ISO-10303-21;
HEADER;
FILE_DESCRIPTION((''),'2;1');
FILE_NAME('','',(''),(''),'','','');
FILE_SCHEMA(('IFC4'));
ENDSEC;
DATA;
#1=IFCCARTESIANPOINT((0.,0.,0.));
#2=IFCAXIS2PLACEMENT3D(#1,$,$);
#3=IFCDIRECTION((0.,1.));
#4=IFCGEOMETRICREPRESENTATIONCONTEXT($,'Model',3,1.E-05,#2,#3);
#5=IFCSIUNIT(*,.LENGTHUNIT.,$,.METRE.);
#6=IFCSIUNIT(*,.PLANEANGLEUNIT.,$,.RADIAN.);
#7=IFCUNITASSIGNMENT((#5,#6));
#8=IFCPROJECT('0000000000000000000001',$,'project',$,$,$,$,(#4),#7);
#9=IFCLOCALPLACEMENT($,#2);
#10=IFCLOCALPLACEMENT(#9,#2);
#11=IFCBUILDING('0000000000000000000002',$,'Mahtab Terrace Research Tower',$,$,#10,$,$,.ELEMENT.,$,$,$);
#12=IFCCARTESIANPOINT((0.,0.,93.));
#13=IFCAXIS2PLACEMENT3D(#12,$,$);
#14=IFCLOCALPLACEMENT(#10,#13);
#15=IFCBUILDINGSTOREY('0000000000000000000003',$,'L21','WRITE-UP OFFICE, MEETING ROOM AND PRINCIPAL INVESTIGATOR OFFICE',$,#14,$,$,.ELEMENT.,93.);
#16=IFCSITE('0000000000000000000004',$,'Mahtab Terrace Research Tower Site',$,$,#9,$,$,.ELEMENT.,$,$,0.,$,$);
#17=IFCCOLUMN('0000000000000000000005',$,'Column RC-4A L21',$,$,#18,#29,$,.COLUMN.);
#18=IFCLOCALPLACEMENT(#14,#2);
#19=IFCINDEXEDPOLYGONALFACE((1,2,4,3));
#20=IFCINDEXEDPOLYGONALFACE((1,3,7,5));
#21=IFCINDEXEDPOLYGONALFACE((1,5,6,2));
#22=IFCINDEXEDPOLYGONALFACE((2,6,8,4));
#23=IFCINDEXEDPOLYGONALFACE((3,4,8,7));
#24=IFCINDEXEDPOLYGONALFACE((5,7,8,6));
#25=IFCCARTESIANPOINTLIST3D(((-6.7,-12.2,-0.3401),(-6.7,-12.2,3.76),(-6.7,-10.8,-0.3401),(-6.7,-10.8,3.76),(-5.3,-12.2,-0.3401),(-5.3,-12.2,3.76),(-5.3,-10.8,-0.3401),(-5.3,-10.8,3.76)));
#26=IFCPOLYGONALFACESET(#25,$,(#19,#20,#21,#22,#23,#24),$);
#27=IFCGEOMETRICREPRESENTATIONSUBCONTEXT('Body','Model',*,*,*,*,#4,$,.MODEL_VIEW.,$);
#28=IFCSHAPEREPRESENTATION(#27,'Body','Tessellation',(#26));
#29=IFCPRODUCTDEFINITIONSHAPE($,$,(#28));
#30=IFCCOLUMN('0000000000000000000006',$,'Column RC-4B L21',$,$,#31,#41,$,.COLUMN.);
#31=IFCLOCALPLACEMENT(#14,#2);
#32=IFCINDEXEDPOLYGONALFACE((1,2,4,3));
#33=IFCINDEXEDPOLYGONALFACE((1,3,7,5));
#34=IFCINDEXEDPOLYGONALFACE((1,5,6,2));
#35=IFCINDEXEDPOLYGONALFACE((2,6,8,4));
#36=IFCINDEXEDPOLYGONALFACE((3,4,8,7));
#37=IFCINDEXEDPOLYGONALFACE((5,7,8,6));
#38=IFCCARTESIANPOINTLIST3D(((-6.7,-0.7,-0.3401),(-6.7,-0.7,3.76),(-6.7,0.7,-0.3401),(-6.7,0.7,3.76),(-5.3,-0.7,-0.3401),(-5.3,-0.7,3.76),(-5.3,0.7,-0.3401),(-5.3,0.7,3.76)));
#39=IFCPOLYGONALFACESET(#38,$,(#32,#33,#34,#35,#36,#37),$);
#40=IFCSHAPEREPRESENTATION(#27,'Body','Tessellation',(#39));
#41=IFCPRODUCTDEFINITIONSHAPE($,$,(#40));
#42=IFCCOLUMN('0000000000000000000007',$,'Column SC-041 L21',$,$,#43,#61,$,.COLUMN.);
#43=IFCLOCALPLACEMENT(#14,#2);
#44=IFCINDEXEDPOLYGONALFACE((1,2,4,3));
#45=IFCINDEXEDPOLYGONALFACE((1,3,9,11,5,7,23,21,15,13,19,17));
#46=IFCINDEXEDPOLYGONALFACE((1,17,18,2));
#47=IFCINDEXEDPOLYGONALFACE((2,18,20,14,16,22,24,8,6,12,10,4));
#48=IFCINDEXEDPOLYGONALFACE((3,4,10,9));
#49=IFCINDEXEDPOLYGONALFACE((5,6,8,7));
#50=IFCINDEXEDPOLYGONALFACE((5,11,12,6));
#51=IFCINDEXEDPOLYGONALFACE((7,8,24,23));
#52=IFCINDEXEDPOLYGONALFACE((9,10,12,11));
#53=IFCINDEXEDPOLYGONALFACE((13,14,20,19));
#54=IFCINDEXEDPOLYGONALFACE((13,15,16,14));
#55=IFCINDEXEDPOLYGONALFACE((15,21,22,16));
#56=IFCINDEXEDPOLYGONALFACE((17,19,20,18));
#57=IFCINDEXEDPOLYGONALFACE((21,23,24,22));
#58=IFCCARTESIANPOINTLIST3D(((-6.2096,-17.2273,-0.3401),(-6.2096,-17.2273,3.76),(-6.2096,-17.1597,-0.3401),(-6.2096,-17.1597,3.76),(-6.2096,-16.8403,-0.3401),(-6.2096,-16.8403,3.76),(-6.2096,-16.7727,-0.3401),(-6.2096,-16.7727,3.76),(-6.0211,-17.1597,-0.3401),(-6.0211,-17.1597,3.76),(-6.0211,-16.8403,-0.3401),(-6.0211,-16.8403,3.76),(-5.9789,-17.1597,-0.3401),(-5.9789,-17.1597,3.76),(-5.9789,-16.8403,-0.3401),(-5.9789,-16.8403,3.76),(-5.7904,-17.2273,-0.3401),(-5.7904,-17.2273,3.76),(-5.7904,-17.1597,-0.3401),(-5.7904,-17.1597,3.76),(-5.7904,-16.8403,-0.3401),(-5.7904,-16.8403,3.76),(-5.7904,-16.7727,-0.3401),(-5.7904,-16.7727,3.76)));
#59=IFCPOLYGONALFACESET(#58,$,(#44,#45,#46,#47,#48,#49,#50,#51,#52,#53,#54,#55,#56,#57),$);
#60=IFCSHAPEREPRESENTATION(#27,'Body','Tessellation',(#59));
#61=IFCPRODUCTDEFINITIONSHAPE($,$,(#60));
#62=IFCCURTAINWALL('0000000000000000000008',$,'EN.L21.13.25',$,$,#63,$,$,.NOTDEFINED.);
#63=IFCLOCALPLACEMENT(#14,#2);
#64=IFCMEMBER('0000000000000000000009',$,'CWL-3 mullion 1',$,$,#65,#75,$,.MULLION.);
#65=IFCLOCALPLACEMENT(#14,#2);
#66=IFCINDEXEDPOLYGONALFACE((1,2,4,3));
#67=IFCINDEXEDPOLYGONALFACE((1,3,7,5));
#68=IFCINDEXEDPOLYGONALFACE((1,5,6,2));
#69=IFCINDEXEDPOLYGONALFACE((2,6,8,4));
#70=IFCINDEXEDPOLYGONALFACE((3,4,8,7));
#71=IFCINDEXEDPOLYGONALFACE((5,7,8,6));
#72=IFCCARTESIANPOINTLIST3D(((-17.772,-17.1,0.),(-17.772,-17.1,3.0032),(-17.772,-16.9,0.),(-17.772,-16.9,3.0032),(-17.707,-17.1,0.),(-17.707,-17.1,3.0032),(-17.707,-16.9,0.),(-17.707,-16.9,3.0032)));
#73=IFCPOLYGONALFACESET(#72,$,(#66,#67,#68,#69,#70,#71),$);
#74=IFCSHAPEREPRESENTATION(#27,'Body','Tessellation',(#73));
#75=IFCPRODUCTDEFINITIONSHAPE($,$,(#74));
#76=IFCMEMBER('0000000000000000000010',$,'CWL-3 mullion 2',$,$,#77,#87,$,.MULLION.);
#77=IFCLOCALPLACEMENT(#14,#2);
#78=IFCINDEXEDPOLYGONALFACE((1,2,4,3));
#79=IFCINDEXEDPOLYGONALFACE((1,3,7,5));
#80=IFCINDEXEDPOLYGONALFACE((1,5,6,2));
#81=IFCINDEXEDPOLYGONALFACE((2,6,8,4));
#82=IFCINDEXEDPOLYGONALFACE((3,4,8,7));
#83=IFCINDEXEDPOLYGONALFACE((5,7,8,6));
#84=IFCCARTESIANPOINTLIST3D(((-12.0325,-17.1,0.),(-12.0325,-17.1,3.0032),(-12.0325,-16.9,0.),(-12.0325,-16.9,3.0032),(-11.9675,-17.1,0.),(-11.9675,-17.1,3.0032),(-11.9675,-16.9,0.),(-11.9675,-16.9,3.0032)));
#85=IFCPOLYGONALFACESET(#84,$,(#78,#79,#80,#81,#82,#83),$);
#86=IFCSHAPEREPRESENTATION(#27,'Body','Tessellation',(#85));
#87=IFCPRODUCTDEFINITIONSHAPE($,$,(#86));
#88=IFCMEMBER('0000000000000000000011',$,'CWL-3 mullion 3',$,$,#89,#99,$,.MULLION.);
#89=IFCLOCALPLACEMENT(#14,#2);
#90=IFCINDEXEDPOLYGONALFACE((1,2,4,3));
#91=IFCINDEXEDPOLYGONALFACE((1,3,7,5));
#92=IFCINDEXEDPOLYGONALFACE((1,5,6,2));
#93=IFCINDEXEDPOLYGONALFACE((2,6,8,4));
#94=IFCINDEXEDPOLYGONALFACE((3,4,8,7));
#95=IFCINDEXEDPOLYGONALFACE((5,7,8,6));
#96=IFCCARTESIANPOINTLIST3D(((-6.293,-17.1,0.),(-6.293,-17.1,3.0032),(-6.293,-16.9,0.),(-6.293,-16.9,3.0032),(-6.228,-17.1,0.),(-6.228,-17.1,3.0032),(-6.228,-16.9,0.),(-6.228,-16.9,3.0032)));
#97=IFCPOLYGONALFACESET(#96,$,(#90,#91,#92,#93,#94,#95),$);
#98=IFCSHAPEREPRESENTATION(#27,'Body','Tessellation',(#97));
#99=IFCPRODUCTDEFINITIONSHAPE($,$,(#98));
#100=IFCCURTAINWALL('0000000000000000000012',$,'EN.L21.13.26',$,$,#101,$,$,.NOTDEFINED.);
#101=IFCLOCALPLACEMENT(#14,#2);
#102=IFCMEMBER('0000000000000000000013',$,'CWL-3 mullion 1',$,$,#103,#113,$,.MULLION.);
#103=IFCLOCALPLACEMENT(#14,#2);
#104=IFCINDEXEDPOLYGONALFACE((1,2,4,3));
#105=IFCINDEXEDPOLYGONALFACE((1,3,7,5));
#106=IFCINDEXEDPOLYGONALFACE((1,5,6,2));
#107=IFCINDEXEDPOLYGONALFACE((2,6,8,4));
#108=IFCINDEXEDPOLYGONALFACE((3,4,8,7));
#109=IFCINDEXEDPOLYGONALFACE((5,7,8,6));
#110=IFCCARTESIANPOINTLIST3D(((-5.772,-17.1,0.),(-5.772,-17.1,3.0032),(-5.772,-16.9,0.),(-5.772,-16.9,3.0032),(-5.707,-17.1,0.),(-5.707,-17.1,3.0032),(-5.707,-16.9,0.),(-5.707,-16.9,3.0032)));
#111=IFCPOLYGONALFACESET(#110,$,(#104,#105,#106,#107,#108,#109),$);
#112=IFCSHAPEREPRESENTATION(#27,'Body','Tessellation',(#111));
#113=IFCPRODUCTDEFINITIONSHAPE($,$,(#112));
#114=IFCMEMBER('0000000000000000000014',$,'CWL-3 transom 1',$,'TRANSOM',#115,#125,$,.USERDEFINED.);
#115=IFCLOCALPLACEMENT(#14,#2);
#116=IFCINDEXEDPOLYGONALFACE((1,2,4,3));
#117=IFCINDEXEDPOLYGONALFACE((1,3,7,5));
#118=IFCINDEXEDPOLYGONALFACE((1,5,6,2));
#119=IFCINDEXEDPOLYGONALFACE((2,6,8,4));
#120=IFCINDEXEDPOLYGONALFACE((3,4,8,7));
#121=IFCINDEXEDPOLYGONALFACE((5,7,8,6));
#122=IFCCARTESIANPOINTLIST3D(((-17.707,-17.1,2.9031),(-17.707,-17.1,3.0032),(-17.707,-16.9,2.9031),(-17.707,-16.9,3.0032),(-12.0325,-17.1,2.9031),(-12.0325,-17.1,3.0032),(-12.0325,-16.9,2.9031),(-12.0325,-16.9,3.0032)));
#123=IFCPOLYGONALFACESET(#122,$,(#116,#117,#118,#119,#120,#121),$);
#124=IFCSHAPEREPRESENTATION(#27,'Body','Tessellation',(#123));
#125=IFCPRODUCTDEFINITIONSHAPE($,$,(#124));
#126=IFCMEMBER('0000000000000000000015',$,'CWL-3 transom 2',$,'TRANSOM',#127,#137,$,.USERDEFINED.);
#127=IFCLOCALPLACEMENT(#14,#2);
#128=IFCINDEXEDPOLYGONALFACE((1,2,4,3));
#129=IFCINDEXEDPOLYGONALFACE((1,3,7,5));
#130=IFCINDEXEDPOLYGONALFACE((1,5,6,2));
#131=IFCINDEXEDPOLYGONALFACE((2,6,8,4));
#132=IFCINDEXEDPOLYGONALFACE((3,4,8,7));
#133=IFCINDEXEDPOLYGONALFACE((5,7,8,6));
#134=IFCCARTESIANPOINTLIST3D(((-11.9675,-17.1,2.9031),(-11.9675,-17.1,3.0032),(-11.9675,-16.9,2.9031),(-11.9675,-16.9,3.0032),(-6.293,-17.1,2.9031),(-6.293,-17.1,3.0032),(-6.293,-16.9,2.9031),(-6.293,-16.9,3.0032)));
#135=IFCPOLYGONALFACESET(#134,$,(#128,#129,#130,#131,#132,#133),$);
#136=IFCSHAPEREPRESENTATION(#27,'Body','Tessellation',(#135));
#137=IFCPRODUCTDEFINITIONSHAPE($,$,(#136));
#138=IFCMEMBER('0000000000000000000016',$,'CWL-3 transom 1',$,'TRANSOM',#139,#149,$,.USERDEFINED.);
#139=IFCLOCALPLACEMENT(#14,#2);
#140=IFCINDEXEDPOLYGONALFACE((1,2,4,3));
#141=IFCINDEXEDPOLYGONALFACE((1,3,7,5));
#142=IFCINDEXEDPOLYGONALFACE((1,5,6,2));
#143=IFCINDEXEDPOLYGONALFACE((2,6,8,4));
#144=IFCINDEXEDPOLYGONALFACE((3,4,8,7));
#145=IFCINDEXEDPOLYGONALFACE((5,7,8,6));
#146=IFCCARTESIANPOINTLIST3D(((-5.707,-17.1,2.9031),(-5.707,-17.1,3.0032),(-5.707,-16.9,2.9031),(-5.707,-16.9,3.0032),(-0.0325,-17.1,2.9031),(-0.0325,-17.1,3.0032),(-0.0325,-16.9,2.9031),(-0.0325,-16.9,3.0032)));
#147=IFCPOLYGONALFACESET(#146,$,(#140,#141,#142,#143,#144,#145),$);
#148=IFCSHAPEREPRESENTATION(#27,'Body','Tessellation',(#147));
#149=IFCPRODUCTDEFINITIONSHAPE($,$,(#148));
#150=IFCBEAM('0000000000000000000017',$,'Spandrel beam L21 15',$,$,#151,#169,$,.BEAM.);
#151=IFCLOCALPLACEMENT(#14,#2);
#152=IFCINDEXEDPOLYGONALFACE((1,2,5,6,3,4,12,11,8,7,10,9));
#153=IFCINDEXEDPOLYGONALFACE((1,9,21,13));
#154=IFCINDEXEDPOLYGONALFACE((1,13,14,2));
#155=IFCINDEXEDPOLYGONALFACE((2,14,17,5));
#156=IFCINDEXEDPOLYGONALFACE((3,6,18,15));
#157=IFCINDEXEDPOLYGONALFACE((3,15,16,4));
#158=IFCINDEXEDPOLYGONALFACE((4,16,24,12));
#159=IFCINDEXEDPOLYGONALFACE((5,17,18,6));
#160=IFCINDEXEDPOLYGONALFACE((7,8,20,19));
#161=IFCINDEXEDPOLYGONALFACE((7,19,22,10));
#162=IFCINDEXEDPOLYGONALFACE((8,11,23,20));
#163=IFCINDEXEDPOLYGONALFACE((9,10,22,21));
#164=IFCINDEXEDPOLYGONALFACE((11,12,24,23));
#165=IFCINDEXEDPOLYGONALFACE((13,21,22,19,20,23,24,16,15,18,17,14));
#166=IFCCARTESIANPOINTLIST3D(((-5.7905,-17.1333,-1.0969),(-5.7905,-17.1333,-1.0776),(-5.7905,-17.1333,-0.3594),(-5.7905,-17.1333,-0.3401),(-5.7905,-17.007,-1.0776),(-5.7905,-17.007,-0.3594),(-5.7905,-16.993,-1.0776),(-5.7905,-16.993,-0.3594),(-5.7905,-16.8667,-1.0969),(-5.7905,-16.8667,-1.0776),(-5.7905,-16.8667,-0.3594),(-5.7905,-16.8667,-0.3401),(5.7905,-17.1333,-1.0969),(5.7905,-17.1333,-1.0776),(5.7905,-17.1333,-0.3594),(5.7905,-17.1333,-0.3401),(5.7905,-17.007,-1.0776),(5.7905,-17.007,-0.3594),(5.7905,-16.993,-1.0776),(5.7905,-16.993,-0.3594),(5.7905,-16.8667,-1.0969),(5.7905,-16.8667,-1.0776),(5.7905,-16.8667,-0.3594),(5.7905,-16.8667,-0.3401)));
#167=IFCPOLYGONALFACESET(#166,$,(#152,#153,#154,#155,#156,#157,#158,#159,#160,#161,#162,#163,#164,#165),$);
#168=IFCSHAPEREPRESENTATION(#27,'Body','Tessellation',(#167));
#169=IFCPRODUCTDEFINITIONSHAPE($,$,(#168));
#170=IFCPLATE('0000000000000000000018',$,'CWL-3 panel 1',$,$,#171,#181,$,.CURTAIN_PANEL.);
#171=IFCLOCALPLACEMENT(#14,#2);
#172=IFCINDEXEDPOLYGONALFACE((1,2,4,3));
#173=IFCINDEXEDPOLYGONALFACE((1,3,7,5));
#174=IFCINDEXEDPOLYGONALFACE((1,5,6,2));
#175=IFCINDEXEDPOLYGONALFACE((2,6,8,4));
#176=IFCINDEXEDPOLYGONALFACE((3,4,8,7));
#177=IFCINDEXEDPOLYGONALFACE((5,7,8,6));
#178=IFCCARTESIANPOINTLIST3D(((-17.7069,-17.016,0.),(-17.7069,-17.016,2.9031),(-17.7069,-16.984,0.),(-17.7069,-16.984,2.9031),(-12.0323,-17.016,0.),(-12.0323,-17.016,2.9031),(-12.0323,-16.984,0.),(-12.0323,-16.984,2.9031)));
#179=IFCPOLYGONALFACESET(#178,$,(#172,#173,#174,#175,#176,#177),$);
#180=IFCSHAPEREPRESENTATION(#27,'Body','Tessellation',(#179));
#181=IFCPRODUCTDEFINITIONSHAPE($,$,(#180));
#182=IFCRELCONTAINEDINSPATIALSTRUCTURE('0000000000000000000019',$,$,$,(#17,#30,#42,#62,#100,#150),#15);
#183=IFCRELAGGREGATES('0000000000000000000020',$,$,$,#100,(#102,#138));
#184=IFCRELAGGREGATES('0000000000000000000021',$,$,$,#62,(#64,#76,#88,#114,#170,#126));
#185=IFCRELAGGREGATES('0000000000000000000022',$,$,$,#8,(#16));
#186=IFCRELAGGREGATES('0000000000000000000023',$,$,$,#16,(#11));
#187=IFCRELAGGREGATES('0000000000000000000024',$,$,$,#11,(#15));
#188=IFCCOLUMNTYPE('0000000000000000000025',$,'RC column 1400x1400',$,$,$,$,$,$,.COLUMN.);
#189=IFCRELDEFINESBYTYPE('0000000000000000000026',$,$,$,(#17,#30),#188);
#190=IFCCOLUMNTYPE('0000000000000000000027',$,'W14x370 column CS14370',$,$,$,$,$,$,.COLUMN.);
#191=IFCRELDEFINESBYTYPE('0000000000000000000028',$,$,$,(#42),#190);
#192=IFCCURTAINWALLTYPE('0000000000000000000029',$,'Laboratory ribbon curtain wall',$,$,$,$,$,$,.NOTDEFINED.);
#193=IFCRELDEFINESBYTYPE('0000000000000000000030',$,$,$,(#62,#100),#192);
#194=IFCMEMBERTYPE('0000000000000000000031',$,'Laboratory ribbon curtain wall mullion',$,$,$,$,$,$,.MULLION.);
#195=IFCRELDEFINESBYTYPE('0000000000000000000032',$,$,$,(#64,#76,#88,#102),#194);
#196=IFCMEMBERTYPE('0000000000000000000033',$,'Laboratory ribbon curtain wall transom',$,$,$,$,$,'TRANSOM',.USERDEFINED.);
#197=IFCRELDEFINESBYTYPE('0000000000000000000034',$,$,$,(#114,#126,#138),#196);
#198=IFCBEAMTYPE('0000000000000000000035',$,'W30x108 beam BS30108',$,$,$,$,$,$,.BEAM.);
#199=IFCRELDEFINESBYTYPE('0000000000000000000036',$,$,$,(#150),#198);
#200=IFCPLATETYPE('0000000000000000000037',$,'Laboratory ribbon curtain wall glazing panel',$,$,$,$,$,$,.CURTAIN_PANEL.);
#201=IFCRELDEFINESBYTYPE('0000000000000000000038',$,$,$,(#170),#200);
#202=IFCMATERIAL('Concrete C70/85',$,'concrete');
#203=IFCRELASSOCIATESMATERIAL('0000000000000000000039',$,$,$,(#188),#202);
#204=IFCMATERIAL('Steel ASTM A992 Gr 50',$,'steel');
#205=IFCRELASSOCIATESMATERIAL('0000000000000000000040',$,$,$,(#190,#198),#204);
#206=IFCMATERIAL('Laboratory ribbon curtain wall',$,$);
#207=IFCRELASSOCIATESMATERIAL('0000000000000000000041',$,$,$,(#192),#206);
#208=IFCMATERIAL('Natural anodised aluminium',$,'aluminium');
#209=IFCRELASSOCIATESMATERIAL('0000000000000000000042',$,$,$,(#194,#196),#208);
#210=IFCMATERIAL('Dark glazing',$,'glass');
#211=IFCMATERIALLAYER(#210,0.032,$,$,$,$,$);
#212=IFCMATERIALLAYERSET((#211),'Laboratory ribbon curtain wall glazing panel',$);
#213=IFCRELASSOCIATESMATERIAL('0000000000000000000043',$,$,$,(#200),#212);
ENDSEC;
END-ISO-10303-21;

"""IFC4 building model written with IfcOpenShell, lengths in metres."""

from ifc_helpers import new_model, si_unit, direction, frame, origin, origin_2d, place, context, subcontext, project, spatial, rectangle, i_section, extrude, material, layer, layer_set, material_profile, profile_set, type_object, element, aggregate, save


model = new_model("IFC4")

# Units and contexts
model_context = context("Model", 3, precision=1e-05, world=origin(), true_north=direction((0.0, 1.0)))
body_context = subcontext(model_context, "Body", "Model", "MODEL_VIEW")
ifc_project = project(units=[si_unit("LENGTHUNIT", "METRE"), si_unit("PLANEANGLEUNIT", "RADIAN")], contexts=[model_context])

# Site, building, storey
site_placement = place(None, origin())
site = spatial("IfcSite", under=ifc_project, at=site_placement, Name="Mahtab Terrace Research Tower Site", CompositionType="ELEMENT", RefElevation=0.0)
building_placement = place(site_placement, origin())
building = spatial("IfcBuilding", under=site, at=building_placement, Name="Mahtab Terrace Research Tower", CompositionType="ELEMENT")
storey_placement = place(building_placement, frame((0.0, 0.0, 93.0)))
storey = spatial("IfcBuildingStorey", under=building, at=storey_placement, Name="L21", Description="WRITE-UP OFFICE, MEETING ROOM AND PRINCIPAL INVESTIGATOR OFFICE", CompositionType="ELEMENT", Elevation=93.0)

# Columns
ifc_material_1 = material(Name="Concrete C70/85", Category="concrete")
ifc_material_profile_1 = material_profile(ifc_material_1, rectangle(XDim=1.3999, YDim=1.3999, at=origin_2d()), Name="RC column 1400x1400")
ifc_profile_set_1 = profile_set([ifc_material_profile_1], Name="Concrete C70/85")
column_type_1 = type_object("IfcColumnType", Name="RC column 1400x1400", PredefinedType="COLUMN", material=ifc_profile_set_1)
for number, where, z_axis, x_axis, name in (
    (1, (-6.0, -11.5, -0.3401), (0.0, 0.0, 1.0), (1.0, 0.0, 0.0), "Column RC-4A L21"),
    (2, (-6.0, 0.0, -0.3401), (0.0, 0.0, 1.0), (1.0, 0.0, 0.0), "Column RC-4B L21"),
):
    element("IfcColumn", number, at=place(storey_placement, frame(where, z_axis=z_axis, x_axis=x_axis)), inside=storey, type_object=column_type_1, Name=name, PredefinedType="COLUMN", context=body_context, shape_type="SweptSolid", body=[
        extrude(rectangle(XDim=1.3999, YDim=1.3999, at=origin_2d()), origin(), (0.0, 0.0, 1.0), 4.1001),
    ])
ifc_material_2 = material(Name="Steel ASTM A992 Gr 50", Category="steel")
ifc_material_profile_2 = material_profile(ifc_material_2, i_section(OverallWidth=0.4192, OverallDepth=0.4546, WebThickness=0.0422, FlangeThickness=0.0676, at=origin_2d()), Name="W14X370")
ifc_profile_set_2 = profile_set([ifc_material_profile_2], Name="Steel ASTM A992 Gr 50")
column_type_2 = type_object("IfcColumnType", Name="W14x370 column CS14370", PredefinedType="COLUMN", material=ifc_profile_set_2)
column_placement = place(storey_placement, frame((-6.0, -17.0, -0.3401), z_axis=(0.0, 0.0, 1.0), x_axis=(1.0, 0.0, 0.0)))
element("IfcColumn", 3, at=column_placement, inside=storey, type_object=column_type_2, Name="Column SC-041 L21", PredefinedType="COLUMN", context=body_context, shape_type="SweptSolid", body=[
    extrude(i_section(OverallWidth=0.4192, OverallDepth=0.4546, WebThickness=0.0422, FlangeThickness=0.0676, at=origin_2d()), origin(), (0.0, 0.0, 1.0), 4.1001),
])

# Curtain wall, members
ifc_material_3 = material(Name="Laboratory ribbon curtain wall")
curtain_wall_type = type_object("IfcCurtainWallType", Name="Laboratory ribbon curtain wall", PredefinedType="NOTDEFINED", material=ifc_material_3)
curtain_wall_1_placement = place(storey_placement, origin())
curtain_wall_1 = element("IfcCurtainWall", 4, at=curtain_wall_1_placement, inside=storey, type_object=curtain_wall_type, Name="EN.L21.13.25", PredefinedType="NOTDEFINED")
ifc_material_4 = material(Name="Natural anodised aluminium", Category="aluminium")
ifc_material_profile_3 = material_profile(ifc_material_4, rectangle(XDim=0.2, YDim=0.0649, at=origin_2d()), Name="MULLION 65x200")
ifc_profile_set_3 = profile_set([ifc_material_profile_3], Name="Natural anodised aluminium")
member_type_1 = type_object("IfcMemberType", Name="Laboratory ribbon curtain wall mullion", PredefinedType="MULLION", material=ifc_profile_set_3)
member_1_placement = place(storey_placement, frame((-17.7395, -17.0, 0.0), z_axis=(0.0, 0.0, 1.0), x_axis=(0.0, 1.0, 0.0)))
member_1 = element("IfcMember", 5, at=member_1_placement, type_object=member_type_1, Name="CWL-3 mullion 1", PredefinedType="MULLION", context=body_context, shape_type="SweptSolid", body=[
    extrude(rectangle(XDim=0.2, YDim=0.0649, at=origin_2d()), origin(), (0.0, 0.0, 1.0), 3.0032),
])
member_2_placement = place(storey_placement, frame((-12.0, -17.0, 0.0), z_axis=(0.0, 0.0, 1.0), x_axis=(0.0, 1.0, 0.0)))
member_2 = element("IfcMember", 6, at=member_2_placement, type_object=member_type_1, Name="CWL-3 mullion 2", PredefinedType="MULLION", context=body_context, shape_type="SweptSolid", body=[
    extrude(rectangle(XDim=0.2, YDim=0.0649, at=origin_2d()), origin(), (0.0, 0.0, 1.0), 3.0032),
])
member_3_placement = place(storey_placement, frame((-6.2605, -17.0, 0.0), z_axis=(0.0, 0.0, 1.0), x_axis=(0.0, 1.0, 0.0)))
member_3 = element("IfcMember", 7, at=member_3_placement, type_object=member_type_1, Name="CWL-3 mullion 3", PredefinedType="MULLION", context=body_context, shape_type="SweptSolid", body=[
    extrude(rectangle(XDim=0.2, YDim=0.0649, at=origin_2d()), origin(), (0.0, 0.0, 1.0), 3.0032),
])

# Curtain wall, member
curtain_wall_2_placement = place(storey_placement, origin())
curtain_wall_2 = element("IfcCurtainWall", 8, at=curtain_wall_2_placement, inside=storey, type_object=curtain_wall_type, Name="EN.L21.13.26", PredefinedType="NOTDEFINED")
member_4_placement = place(storey_placement, frame((-5.7395, -17.0, 0.0), z_axis=(0.0, 0.0, 1.0), x_axis=(0.0, 1.0, 0.0)))
member_4 = element("IfcMember", 9, at=member_4_placement, type_object=member_type_1, Name="CWL-3 mullion 1", PredefinedType="MULLION", context=body_context, shape_type="SweptSolid", body=[
    extrude(rectangle(XDim=0.2, YDim=0.0649, at=origin_2d()), origin(), (0.0, 0.0, 1.0), 3.0032),
])

# Members
ifc_material_profile_4 = material_profile(ifc_material_4, rectangle(XDim=0.2, YDim=0.1001, at=origin_2d()), Name="TRANSOM 100x200")
ifc_profile_set_4 = profile_set([ifc_material_profile_4], Name="Natural anodised aluminium")
member_type_2 = type_object("IfcMemberType", Name="Laboratory ribbon curtain wall transom", ElementType="TRANSOM", PredefinedType="USERDEFINED", material=ifc_profile_set_4)
member_5_placement = place(storey_placement, frame((-17.707, -17.0, 2.9531), z_axis=(1.0, 0.0, 0.0), x_axis=(0.0, 1.0, 0.0)))
member_5 = element("IfcMember", 10, at=member_5_placement, type_object=member_type_2, Name="CWL-3 transom 1", ObjectType="TRANSOM", PredefinedType="USERDEFINED", context=body_context, shape_type="SweptSolid", body=[
    extrude(rectangle(XDim=0.2, YDim=0.1001, at=origin_2d()), origin(), (0.0, 0.0, 1.0), 5.6746),
])
member_6_placement = place(storey_placement, frame((-11.9675, -17.0, 2.9531), z_axis=(1.0, 0.0, 0.0), x_axis=(0.0, 1.0, 0.0)))
member_6 = element("IfcMember", 11, at=member_6_placement, type_object=member_type_2, Name="CWL-3 transom 2", ObjectType="TRANSOM", PredefinedType="USERDEFINED", context=body_context, shape_type="SweptSolid", body=[
    extrude(rectangle(XDim=0.2, YDim=0.1001, at=origin_2d()), origin(), (0.0, 0.0, 1.0), 5.6746),
])
member_7_placement = place(storey_placement, frame((-5.707, -17.0, 2.9531), z_axis=(1.0, 0.0, 0.0), x_axis=(0.0, 1.0, 0.0)))
member_7 = element("IfcMember", 12, at=member_7_placement, type_object=member_type_2, Name="CWL-3 transom 1", ObjectType="TRANSOM", PredefinedType="USERDEFINED", context=body_context, shape_type="SweptSolid", body=[
    extrude(rectangle(XDim=0.2, YDim=0.1001, at=origin_2d()), origin(), (0.0, 0.0, 1.0), 5.6746),
])
aggregate(curtain_wall_2, [member_4, member_7])

# Beam
ifc_material_profile_5 = material_profile(ifc_material_2, i_section(OverallWidth=0.2666, OverallDepth=0.7568, WebThickness=0.0139, FlangeThickness=0.0193, at=origin_2d()), Name="W30X108")
ifc_profile_set_5 = profile_set([ifc_material_profile_5], Name="Steel ASTM A992 Gr 50")
beam_type = type_object("IfcBeamType", Name="W30x108 beam BS30108", PredefinedType="BEAM", material=ifc_profile_set_5)
beam_placement = place(storey_placement, frame((-5.7905, -17.0, -0.7185), z_axis=(1.0, 0.0, 0.0), x_axis=(0.0, 1.0, 0.0)))
element("IfcBeam", 13, at=beam_placement, inside=storey, type_object=beam_type, Name="Spandrel beam L21 15", PredefinedType="BEAM", context=body_context, shape_type="SweptSolid", body=[
    extrude(i_section(OverallWidth=0.2666, OverallDepth=0.7568, WebThickness=0.0139, FlangeThickness=0.0193, at=origin_2d()), origin(), (0.0, 0.0, 1.0), 11.5811),
])

# Plate
ifc_material_5 = material(Name="Dark glazing", Category="glass")
ifc_layer_1 = layer(ifc_material_5, 0.032)
ifc_layer_set_1 = layer_set([ifc_layer_1], Name="Laboratory ribbon curtain wall glazing panel")
plate_type = type_object("IfcPlateType", Name="Laboratory ribbon curtain wall glazing panel", PredefinedType="CURTAIN_PANEL", material=ifc_layer_set_1)
plate_1_placement = place(storey_placement, frame((-14.8696, -17.0, 0.0), z_axis=(0.0, 0.0, 1.0), x_axis=(1.0, 0.0, 0.0)))
plate_1 = element("IfcPlate", 14, at=plate_1_placement, type_object=plate_type, Name="CWL-3 panel 1", PredefinedType="CURTAIN_PANEL", context=body_context, shape_type="SweptSolid", body=[
    extrude(rectangle(XDim=5.6746, YDim=0.032, at=origin_2d()), origin(), (0.0, 0.0, 1.0), 2.9031),
])
aggregate(curtain_wall_1, [member_1, member_2, member_3, member_5, plate_1, member_6])

save(model, "model.ifc")
